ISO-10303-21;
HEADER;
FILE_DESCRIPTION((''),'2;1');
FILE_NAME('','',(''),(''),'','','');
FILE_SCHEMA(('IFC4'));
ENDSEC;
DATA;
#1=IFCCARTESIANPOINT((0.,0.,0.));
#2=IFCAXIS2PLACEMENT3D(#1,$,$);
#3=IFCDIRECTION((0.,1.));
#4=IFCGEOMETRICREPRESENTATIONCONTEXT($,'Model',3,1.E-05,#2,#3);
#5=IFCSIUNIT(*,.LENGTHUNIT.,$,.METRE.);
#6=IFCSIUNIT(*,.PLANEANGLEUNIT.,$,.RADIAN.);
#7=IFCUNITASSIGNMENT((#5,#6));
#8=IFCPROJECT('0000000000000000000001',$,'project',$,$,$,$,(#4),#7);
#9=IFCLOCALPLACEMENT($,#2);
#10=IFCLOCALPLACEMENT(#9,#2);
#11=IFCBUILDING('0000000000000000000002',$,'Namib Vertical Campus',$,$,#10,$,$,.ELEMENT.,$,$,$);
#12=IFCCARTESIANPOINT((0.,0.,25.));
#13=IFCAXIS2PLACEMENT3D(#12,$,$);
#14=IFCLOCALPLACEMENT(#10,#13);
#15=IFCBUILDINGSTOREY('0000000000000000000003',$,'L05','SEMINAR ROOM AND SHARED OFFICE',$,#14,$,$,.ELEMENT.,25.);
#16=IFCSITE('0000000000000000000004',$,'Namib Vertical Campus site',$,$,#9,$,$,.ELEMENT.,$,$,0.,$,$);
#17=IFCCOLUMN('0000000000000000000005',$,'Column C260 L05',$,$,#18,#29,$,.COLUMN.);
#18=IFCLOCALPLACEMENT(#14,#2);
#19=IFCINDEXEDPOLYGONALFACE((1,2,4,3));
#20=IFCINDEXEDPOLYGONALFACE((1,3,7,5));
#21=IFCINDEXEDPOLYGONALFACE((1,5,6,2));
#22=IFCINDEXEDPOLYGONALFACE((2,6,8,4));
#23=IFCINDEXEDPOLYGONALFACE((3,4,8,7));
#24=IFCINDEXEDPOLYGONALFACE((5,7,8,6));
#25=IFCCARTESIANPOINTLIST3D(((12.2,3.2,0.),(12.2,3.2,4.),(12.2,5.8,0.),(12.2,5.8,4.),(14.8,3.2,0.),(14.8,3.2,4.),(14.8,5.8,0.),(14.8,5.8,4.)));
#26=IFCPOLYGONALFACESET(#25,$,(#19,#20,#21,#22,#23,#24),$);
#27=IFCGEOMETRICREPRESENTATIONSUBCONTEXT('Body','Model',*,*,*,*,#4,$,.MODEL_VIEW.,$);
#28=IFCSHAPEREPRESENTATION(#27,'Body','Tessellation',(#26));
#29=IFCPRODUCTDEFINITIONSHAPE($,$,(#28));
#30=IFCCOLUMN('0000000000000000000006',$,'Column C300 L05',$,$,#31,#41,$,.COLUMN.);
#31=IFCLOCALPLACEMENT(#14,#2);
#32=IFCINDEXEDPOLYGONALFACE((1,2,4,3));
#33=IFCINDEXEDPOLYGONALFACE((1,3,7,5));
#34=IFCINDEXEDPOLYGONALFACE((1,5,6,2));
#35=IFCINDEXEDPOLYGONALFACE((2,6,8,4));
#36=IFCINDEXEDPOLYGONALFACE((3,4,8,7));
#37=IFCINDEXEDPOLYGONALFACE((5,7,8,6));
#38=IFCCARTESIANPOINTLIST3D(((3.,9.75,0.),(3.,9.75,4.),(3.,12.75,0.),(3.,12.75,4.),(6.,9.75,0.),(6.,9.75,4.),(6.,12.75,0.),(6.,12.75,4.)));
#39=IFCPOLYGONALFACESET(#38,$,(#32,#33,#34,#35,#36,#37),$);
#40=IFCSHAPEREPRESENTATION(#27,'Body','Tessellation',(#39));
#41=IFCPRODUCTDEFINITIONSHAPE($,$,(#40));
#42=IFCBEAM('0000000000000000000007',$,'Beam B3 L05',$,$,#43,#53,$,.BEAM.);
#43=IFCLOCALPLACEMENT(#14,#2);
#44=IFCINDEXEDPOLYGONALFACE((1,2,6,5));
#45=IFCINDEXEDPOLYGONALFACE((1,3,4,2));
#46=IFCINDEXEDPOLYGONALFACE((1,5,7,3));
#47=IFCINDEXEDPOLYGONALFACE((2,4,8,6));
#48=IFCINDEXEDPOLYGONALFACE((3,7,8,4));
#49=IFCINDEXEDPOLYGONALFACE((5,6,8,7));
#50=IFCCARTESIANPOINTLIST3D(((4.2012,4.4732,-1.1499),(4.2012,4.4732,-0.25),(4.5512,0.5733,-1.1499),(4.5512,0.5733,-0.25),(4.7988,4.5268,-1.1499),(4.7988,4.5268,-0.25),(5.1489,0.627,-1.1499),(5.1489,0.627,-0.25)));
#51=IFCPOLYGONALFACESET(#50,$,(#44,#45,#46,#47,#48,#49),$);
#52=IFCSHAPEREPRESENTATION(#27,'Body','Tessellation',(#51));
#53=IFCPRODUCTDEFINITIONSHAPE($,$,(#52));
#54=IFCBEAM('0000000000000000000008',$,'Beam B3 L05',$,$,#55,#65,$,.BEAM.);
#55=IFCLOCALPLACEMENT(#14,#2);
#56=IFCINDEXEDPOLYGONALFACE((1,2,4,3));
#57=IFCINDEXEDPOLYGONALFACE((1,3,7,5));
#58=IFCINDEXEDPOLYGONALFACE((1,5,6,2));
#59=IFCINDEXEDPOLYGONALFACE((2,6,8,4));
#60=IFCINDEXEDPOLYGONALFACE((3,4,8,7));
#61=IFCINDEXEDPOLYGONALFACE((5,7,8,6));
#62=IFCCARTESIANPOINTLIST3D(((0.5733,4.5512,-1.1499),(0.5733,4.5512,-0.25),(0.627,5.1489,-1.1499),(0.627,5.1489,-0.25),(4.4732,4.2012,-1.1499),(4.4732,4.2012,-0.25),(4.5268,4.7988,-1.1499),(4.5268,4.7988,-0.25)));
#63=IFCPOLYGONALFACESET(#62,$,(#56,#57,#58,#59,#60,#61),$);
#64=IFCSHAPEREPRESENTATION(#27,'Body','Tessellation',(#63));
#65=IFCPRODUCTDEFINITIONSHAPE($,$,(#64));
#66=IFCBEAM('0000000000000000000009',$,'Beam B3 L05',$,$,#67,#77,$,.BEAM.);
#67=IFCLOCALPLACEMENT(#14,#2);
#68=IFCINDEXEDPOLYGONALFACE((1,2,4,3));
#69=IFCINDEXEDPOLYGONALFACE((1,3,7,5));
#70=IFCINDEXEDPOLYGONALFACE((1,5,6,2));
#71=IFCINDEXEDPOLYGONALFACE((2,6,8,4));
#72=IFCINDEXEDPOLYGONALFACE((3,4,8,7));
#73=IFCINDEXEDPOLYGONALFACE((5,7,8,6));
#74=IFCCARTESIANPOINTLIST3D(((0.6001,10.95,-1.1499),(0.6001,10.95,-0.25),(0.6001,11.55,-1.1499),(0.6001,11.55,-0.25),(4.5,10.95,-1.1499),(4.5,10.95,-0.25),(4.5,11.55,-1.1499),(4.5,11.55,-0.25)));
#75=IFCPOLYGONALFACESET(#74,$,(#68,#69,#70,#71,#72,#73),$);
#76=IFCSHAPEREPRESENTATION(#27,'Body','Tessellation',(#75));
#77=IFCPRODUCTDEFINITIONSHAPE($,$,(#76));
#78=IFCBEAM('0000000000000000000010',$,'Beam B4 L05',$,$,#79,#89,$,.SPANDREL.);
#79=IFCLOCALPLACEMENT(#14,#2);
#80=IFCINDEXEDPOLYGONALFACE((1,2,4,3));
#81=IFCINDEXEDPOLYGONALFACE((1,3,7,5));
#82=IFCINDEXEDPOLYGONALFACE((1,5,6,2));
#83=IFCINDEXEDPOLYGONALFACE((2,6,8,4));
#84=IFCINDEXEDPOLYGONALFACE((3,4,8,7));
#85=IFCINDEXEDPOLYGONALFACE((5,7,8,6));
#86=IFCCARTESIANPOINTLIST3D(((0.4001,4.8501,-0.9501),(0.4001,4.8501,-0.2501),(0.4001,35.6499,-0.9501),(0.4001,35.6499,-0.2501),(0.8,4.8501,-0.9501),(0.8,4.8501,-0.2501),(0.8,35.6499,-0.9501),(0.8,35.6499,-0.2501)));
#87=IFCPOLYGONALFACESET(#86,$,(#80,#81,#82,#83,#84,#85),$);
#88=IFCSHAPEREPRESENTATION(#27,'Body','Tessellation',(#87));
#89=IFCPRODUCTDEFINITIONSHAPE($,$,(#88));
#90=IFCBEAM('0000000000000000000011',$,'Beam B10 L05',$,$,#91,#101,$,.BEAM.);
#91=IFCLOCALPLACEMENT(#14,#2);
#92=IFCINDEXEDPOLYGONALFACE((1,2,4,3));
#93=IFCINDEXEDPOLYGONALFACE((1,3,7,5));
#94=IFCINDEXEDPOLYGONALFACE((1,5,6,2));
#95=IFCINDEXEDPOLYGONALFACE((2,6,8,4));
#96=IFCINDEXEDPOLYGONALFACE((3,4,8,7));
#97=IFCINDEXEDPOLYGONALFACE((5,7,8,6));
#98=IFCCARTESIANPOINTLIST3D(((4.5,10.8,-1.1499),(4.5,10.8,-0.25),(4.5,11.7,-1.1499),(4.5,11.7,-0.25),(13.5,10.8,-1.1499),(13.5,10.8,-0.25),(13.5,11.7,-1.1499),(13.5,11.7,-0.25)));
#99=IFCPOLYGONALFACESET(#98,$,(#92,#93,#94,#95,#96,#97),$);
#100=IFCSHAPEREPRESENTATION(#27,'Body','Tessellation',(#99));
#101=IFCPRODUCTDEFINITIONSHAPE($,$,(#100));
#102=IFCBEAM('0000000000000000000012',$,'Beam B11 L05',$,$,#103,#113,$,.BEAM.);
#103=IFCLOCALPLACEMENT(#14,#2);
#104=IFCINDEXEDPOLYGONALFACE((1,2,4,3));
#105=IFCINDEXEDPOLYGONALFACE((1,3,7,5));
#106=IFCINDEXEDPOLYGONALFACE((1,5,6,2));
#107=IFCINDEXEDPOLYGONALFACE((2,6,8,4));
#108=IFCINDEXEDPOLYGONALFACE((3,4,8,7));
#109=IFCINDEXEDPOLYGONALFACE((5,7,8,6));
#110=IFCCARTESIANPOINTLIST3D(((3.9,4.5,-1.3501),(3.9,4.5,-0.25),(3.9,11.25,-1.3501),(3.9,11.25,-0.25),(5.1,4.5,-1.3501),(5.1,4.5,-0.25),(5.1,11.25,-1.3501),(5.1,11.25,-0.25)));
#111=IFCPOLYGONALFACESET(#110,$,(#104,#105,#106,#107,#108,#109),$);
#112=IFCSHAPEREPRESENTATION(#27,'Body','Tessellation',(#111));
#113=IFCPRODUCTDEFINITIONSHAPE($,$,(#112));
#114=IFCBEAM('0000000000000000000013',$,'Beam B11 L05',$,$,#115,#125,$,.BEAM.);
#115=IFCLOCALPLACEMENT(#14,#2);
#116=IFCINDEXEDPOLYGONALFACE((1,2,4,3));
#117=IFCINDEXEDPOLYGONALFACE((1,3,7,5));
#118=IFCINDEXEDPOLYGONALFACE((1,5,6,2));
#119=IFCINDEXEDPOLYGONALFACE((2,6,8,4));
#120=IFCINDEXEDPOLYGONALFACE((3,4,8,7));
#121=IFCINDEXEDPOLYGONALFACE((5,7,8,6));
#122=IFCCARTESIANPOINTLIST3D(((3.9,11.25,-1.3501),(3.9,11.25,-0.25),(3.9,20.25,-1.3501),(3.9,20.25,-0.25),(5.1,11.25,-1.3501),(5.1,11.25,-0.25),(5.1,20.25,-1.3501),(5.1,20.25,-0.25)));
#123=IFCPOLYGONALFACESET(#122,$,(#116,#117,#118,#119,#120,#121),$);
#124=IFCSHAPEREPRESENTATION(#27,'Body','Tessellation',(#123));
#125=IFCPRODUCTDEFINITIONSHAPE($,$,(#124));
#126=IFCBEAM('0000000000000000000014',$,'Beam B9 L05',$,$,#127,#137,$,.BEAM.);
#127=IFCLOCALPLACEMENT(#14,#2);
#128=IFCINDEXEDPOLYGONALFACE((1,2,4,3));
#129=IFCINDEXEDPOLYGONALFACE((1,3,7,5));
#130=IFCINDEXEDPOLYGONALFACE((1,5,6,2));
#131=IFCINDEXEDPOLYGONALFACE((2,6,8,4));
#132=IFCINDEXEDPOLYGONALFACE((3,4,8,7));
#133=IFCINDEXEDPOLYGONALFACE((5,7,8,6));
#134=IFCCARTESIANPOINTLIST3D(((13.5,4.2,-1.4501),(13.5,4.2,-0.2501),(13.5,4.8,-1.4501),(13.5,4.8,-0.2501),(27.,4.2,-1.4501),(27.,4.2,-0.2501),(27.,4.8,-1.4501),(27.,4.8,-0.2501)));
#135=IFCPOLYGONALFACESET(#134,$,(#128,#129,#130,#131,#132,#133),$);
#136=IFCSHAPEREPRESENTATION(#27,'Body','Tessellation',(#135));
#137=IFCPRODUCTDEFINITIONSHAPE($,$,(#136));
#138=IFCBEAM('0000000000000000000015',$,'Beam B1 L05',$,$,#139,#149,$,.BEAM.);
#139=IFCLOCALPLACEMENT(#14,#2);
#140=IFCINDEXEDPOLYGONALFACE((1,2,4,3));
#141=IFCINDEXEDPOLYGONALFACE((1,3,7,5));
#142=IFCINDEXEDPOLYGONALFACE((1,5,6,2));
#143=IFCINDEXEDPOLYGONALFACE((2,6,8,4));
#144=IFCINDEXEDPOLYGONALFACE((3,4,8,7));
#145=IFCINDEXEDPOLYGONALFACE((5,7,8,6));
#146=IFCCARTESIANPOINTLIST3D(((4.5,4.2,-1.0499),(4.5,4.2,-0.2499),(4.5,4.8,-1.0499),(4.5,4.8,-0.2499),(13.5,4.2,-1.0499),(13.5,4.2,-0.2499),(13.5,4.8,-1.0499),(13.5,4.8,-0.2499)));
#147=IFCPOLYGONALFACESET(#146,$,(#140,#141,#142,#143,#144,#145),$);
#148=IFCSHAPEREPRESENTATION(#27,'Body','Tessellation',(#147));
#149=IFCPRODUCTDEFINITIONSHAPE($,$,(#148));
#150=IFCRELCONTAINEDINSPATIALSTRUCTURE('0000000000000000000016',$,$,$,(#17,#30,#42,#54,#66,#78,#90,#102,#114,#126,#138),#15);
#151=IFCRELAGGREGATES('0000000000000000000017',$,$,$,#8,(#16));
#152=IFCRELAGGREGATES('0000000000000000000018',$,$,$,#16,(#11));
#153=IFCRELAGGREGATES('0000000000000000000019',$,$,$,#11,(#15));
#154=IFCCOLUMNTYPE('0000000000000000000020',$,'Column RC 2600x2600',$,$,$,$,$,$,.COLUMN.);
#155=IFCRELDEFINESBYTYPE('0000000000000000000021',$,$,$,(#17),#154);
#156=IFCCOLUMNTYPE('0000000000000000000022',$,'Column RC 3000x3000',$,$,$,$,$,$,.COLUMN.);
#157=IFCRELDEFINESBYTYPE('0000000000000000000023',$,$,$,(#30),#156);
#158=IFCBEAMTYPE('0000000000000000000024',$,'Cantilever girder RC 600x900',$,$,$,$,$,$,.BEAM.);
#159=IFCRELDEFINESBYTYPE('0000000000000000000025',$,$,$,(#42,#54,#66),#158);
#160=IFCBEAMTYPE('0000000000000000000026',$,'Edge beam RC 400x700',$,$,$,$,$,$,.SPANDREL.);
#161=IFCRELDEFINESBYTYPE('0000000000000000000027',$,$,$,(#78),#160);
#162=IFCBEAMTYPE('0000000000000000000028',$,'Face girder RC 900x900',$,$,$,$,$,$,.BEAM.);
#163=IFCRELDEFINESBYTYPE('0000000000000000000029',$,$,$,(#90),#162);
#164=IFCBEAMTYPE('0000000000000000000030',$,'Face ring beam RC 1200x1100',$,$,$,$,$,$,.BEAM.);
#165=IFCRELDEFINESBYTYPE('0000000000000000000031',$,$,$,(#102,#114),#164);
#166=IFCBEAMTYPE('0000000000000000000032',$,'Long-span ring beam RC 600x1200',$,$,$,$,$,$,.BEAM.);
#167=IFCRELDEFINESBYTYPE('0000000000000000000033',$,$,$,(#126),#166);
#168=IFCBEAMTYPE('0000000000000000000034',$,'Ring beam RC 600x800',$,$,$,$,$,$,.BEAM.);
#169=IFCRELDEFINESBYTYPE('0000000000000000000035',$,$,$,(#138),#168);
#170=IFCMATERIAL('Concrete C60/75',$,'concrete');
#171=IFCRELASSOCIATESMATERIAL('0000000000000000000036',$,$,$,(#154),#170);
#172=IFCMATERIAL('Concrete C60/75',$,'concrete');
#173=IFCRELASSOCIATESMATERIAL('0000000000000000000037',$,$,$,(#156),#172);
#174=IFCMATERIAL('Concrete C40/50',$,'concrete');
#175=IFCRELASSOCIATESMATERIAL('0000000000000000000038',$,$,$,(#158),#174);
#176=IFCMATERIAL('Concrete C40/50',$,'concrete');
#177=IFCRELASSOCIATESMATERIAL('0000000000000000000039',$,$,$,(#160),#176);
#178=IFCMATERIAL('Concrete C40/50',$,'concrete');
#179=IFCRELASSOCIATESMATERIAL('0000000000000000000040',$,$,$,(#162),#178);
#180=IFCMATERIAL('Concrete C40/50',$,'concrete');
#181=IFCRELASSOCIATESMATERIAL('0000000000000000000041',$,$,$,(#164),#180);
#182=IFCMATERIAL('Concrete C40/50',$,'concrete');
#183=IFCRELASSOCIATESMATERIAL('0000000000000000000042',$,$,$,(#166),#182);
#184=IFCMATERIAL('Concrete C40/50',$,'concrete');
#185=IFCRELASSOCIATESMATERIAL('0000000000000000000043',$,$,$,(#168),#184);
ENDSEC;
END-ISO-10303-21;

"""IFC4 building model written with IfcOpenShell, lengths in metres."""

from ifc_helpers import new_model, si_unit, direction, frame, origin, origin_2d, place, context, subcontext, project, spatial, rectangle, extrude, material, material_profile, profile_set, type_object, element, save


model = new_model("IFC4")

# Units and contexts
model_context = context("Model", 3, precision=1e-05, world=origin(), true_north=direction((0.0, 1.0)))
body_context = subcontext(model_context, "Body", "Model", "MODEL_VIEW")
ifc_project = project(units=[si_unit("LENGTHUNIT", "METRE"), si_unit("PLANEANGLEUNIT", "RADIAN")], contexts=[model_context])

# Site, building, storey
site_placement = place(None, origin())
site = spatial("IfcSite", under=ifc_project, at=site_placement, Name="Namib Vertical Campus site", CompositionType="ELEMENT", RefElevation=0.0)
building_placement = place(site_placement, origin())
building = spatial("IfcBuilding", under=site, at=building_placement, Name="Namib Vertical Campus", CompositionType="ELEMENT")
storey_placement = place(building_placement, frame((0.0, 0.0, 25.0)))
storey = spatial("IfcBuildingStorey", under=building, at=storey_placement, Name="L05", Description="SEMINAR ROOM AND SHARED OFFICE", CompositionType="ELEMENT", Elevation=25.0)

# Columns
ifc_material_1 = material(Name="Concrete C60/75", Category="concrete")
ifc_material_profile_1 = material_profile(ifc_material_1, rectangle(XDim=2.6001, YDim=2.6001, at=origin_2d()))
ifc_profile_set_1 = profile_set([ifc_material_profile_1], Name="Concrete C60/75")
column_type_1 = type_object("IfcColumnType", Name="Column RC 2600x2600", PredefinedType="COLUMN", material=ifc_profile_set_1)
column_1_placement = place(storey_placement, frame((13.5, 4.5, 0.0), z_axis=(0.0, 0.0, 1.0), x_axis=(1.0, 0.0, 0.0)))
element("IfcColumn", 1, at=column_1_placement, inside=storey, type_object=column_type_1, Name="Column C260 L05", PredefinedType="COLUMN", context=body_context, shape_type="SweptSolid", body=[
    extrude(rectangle(XDim=2.6001, YDim=2.6001, at=origin_2d()), origin(), (0.0, 0.0, 1.0), 4.0),
])
ifc_material_2 = material(Name="Concrete C60/75", Category="concrete")
ifc_material_profile_2 = material_profile(ifc_material_2, rectangle(XDim=3.0, YDim=3.0, at=origin_2d()))
ifc_profile_set_2 = profile_set([ifc_material_profile_2], Name="Concrete C60/75")
column_type_2 = type_object("IfcColumnType", Name="Column RC 3000x3000", PredefinedType="COLUMN", material=ifc_profile_set_2)
column_2_placement = place(storey_placement, frame((4.5, 11.25, 0.0), z_axis=(0.0, 0.0, 1.0), x_axis=(1.0, 0.0, 0.0)))
element("IfcColumn", 2, at=column_2_placement, inside=storey, type_object=column_type_2, Name="Column C300 L05", PredefinedType="COLUMN", context=body_context, shape_type="SweptSolid", body=[
    extrude(rectangle(XDim=3.0, YDim=3.0, at=origin_2d()), origin(), (0.0, 0.0, 1.0), 4.0),
])

# Beams
ifc_material_3 = material(Name="Concrete C40/50", Category="concrete")
ifc_material_profile_3 = material_profile(ifc_material_3, rectangle(XDim=0.6001, YDim=0.8999, at=origin_2d()))
ifc_profile_set_3 = profile_set([ifc_material_profile_3], Name="Concrete C40/50")
beam_type_1 = type_object("IfcBeamType", Name="Cantilever girder RC 600x900", PredefinedType="BEAM", material=ifc_profile_set_3)
for number, where, z_axis, x_axis, name in (
    (3, (4.5, 4.5, -0.7), (0.089411, -0.995995, 0.0), (0.995995, 0.089411, 0.0), "Beam B3 L05"),
    (4, (4.5, 4.5, -0.7), (-0.995995, 0.089411, 0.0), (-0.089411, -0.995995, 0.0), "Beam B3 L05"),
):
    element("IfcBeam", number, at=place(storey_placement, frame(where, z_axis=z_axis, x_axis=x_axis)), inside=storey, type_object=beam_type_1, Name=name, PredefinedType="BEAM", context=body_context, shape_type="SweptSolid", body=[
        extrude(rectangle(XDim=0.6001, YDim=0.8999, at=origin_2d()), origin(), (0.0, 0.0, 1.0), 3.9155),
    ])
beam_1_placement = place(storey_placement, frame((4.5, 11.25, -0.7), z_axis=(-1.0, 0.0, 0.0), x_axis=(0.0, -1.0, 0.0)))
element("IfcBeam", 5, at=beam_1_placement, inside=storey, type_object=beam_type_1, Name="Beam B3 L05", PredefinedType="BEAM", context=body_context, shape_type="SweptSolid", body=[
    extrude(rectangle(XDim=0.6001, YDim=0.8999, at=origin_2d()), origin(), (0.0, 0.0, 1.0), 3.8999),
])
ifc_material_4 = material(Name="Concrete C40/50", Category="concrete")
ifc_material_profile_4 = material_profile(ifc_material_4, rectangle(XDim=0.3999, YDim=0.7, at=origin_2d()))
ifc_profile_set_4 = profile_set([ifc_material_profile_4], Name="Concrete C40/50")
beam_type_2 = type_object("IfcBeamType", Name="Edge beam RC 400x700", PredefinedType="SPANDREL", material=ifc_profile_set_4)
beam_2_placement = place(storey_placement, frame((0.6001, 4.8501, -0.6001), z_axis=(0.0, 1.0, 0.0), x_axis=(-1.0, 0.0, 0.0)))
element("IfcBeam", 6, at=beam_2_placement, inside=storey, type_object=beam_type_2, Name="Beam B4 L05", PredefinedType="SPANDREL", context=body_context, shape_type="SweptSolid", body=[
    extrude(rectangle(XDim=0.3999, YDim=0.7, at=origin_2d()), origin(), (0.0, 0.0, 1.0), 30.7998),
])
ifc_material_5 = material(Name="Concrete C40/50", Category="concrete")
ifc_material_profile_5 = material_profile(ifc_material_5, rectangle(XDim=0.8999, YDim=0.8999, at=origin_2d()))
ifc_profile_set_5 = profile_set([ifc_material_profile_5], Name="Concrete C40/50")
beam_type_3 = type_object("IfcBeamType", Name="Face girder RC 900x900", PredefinedType="BEAM", material=ifc_profile_set_5)
beam_3_placement = place(storey_placement, frame((4.5, 11.25, -0.7), z_axis=(1.0, 0.0, 0.0), x_axis=(0.0, 1.0, 0.0)))
element("IfcBeam", 7, at=beam_3_placement, inside=storey, type_object=beam_type_3, Name="Beam B10 L05", PredefinedType="BEAM", context=body_context, shape_type="SweptSolid", body=[
    extrude(rectangle(XDim=0.8999, YDim=0.8999, at=origin_2d()), origin(), (0.0, 0.0, 1.0), 9.0),
])
ifc_material_6 = material(Name="Concrete C40/50", Category="concrete")
ifc_material_profile_6 = material_profile(ifc_material_6, rectangle(XDim=1.2, YDim=1.1001, at=origin_2d()))
ifc_profile_set_6 = profile_set([ifc_material_profile_6], Name="Concrete C40/50")
beam_type_4 = type_object("IfcBeamType", Name="Face ring beam RC 1200x1100", PredefinedType="BEAM", material=ifc_profile_set_6)
beam_4_placement = place(storey_placement, frame((4.5, 4.5, -0.8), z_axis=(0.0, 1.0, 0.0), x_axis=(-1.0, 0.0, 0.0)))
element("IfcBeam", 8, at=beam_4_placement, inside=storey, type_object=beam_type_4, Name="Beam B11 L05", PredefinedType="BEAM", context=body_context, shape_type="SweptSolid", body=[
    extrude(rectangle(XDim=1.2, YDim=1.1001, at=origin_2d()), origin(), (0.0, 0.0, 1.0), 6.75),
])
beam_5_placement = place(storey_placement, frame((4.5, 11.25, -0.8), z_axis=(0.0, 1.0, 0.0), x_axis=(-1.0, 0.0, 0.0)))
element("IfcBeam", 9, at=beam_5_placement, inside=storey, type_object=beam_type_4, Name="Beam B11 L05", PredefinedType="BEAM", context=body_context, shape_type="SweptSolid", body=[
    extrude(rectangle(XDim=1.2, YDim=1.1001, at=origin_2d()), origin(), (0.0, 0.0, 1.0), 9.0),
])
ifc_material_7 = material(Name="Concrete C40/50", Category="concrete")
ifc_material_profile_7 = material_profile(ifc_material_7, rectangle(XDim=0.6001, YDim=1.2, at=origin_2d()))
ifc_profile_set_7 = profile_set([ifc_material_profile_7], Name="Concrete C40/50")
beam_type_5 = type_object("IfcBeamType", Name="Long-span ring beam RC 600x1200", PredefinedType="BEAM", material=ifc_profile_set_7)
beam_6_placement = place(storey_placement, frame((13.5, 4.5, -0.8501), z_axis=(1.0, 0.0, 0.0), x_axis=(0.0, 1.0, 0.0)))
element("IfcBeam", 10, at=beam_6_placement, inside=storey, type_object=beam_type_5, Name="Beam B9 L05", PredefinedType="BEAM", context=body_context, shape_type="SweptSolid", body=[
    extrude(rectangle(XDim=0.6001, YDim=1.2, at=origin_2d()), origin(), (0.0, 0.0, 1.0), 13.5),
])
ifc_material_8 = material(Name="Concrete C40/50", Category="concrete")
ifc_material_profile_8 = material_profile(ifc_material_8, rectangle(XDim=0.6001, YDim=0.8, at=origin_2d()))
ifc_profile_set_8 = profile_set([ifc_material_profile_8], Name="Concrete C40/50")
beam_type_6 = type_object("IfcBeamType", Name="Ring beam RC 600x800", PredefinedType="BEAM", material=ifc_profile_set_8)
beam_7_placement = place(storey_placement, frame((4.5, 4.5, -0.6499), z_axis=(1.0, 0.0, 0.0), x_axis=(0.0, 1.0, 0.0)))
element("IfcBeam", 11, at=beam_7_placement, inside=storey, type_object=beam_type_6, Name="Beam B1 L05", PredefinedType="BEAM", context=body_context, shape_type="SweptSolid", body=[
    extrude(rectangle(XDim=0.6001, YDim=0.8, at=origin_2d()), origin(), (0.0, 0.0, 1.0), 9.0),
])

save(model, "model.ifc")
